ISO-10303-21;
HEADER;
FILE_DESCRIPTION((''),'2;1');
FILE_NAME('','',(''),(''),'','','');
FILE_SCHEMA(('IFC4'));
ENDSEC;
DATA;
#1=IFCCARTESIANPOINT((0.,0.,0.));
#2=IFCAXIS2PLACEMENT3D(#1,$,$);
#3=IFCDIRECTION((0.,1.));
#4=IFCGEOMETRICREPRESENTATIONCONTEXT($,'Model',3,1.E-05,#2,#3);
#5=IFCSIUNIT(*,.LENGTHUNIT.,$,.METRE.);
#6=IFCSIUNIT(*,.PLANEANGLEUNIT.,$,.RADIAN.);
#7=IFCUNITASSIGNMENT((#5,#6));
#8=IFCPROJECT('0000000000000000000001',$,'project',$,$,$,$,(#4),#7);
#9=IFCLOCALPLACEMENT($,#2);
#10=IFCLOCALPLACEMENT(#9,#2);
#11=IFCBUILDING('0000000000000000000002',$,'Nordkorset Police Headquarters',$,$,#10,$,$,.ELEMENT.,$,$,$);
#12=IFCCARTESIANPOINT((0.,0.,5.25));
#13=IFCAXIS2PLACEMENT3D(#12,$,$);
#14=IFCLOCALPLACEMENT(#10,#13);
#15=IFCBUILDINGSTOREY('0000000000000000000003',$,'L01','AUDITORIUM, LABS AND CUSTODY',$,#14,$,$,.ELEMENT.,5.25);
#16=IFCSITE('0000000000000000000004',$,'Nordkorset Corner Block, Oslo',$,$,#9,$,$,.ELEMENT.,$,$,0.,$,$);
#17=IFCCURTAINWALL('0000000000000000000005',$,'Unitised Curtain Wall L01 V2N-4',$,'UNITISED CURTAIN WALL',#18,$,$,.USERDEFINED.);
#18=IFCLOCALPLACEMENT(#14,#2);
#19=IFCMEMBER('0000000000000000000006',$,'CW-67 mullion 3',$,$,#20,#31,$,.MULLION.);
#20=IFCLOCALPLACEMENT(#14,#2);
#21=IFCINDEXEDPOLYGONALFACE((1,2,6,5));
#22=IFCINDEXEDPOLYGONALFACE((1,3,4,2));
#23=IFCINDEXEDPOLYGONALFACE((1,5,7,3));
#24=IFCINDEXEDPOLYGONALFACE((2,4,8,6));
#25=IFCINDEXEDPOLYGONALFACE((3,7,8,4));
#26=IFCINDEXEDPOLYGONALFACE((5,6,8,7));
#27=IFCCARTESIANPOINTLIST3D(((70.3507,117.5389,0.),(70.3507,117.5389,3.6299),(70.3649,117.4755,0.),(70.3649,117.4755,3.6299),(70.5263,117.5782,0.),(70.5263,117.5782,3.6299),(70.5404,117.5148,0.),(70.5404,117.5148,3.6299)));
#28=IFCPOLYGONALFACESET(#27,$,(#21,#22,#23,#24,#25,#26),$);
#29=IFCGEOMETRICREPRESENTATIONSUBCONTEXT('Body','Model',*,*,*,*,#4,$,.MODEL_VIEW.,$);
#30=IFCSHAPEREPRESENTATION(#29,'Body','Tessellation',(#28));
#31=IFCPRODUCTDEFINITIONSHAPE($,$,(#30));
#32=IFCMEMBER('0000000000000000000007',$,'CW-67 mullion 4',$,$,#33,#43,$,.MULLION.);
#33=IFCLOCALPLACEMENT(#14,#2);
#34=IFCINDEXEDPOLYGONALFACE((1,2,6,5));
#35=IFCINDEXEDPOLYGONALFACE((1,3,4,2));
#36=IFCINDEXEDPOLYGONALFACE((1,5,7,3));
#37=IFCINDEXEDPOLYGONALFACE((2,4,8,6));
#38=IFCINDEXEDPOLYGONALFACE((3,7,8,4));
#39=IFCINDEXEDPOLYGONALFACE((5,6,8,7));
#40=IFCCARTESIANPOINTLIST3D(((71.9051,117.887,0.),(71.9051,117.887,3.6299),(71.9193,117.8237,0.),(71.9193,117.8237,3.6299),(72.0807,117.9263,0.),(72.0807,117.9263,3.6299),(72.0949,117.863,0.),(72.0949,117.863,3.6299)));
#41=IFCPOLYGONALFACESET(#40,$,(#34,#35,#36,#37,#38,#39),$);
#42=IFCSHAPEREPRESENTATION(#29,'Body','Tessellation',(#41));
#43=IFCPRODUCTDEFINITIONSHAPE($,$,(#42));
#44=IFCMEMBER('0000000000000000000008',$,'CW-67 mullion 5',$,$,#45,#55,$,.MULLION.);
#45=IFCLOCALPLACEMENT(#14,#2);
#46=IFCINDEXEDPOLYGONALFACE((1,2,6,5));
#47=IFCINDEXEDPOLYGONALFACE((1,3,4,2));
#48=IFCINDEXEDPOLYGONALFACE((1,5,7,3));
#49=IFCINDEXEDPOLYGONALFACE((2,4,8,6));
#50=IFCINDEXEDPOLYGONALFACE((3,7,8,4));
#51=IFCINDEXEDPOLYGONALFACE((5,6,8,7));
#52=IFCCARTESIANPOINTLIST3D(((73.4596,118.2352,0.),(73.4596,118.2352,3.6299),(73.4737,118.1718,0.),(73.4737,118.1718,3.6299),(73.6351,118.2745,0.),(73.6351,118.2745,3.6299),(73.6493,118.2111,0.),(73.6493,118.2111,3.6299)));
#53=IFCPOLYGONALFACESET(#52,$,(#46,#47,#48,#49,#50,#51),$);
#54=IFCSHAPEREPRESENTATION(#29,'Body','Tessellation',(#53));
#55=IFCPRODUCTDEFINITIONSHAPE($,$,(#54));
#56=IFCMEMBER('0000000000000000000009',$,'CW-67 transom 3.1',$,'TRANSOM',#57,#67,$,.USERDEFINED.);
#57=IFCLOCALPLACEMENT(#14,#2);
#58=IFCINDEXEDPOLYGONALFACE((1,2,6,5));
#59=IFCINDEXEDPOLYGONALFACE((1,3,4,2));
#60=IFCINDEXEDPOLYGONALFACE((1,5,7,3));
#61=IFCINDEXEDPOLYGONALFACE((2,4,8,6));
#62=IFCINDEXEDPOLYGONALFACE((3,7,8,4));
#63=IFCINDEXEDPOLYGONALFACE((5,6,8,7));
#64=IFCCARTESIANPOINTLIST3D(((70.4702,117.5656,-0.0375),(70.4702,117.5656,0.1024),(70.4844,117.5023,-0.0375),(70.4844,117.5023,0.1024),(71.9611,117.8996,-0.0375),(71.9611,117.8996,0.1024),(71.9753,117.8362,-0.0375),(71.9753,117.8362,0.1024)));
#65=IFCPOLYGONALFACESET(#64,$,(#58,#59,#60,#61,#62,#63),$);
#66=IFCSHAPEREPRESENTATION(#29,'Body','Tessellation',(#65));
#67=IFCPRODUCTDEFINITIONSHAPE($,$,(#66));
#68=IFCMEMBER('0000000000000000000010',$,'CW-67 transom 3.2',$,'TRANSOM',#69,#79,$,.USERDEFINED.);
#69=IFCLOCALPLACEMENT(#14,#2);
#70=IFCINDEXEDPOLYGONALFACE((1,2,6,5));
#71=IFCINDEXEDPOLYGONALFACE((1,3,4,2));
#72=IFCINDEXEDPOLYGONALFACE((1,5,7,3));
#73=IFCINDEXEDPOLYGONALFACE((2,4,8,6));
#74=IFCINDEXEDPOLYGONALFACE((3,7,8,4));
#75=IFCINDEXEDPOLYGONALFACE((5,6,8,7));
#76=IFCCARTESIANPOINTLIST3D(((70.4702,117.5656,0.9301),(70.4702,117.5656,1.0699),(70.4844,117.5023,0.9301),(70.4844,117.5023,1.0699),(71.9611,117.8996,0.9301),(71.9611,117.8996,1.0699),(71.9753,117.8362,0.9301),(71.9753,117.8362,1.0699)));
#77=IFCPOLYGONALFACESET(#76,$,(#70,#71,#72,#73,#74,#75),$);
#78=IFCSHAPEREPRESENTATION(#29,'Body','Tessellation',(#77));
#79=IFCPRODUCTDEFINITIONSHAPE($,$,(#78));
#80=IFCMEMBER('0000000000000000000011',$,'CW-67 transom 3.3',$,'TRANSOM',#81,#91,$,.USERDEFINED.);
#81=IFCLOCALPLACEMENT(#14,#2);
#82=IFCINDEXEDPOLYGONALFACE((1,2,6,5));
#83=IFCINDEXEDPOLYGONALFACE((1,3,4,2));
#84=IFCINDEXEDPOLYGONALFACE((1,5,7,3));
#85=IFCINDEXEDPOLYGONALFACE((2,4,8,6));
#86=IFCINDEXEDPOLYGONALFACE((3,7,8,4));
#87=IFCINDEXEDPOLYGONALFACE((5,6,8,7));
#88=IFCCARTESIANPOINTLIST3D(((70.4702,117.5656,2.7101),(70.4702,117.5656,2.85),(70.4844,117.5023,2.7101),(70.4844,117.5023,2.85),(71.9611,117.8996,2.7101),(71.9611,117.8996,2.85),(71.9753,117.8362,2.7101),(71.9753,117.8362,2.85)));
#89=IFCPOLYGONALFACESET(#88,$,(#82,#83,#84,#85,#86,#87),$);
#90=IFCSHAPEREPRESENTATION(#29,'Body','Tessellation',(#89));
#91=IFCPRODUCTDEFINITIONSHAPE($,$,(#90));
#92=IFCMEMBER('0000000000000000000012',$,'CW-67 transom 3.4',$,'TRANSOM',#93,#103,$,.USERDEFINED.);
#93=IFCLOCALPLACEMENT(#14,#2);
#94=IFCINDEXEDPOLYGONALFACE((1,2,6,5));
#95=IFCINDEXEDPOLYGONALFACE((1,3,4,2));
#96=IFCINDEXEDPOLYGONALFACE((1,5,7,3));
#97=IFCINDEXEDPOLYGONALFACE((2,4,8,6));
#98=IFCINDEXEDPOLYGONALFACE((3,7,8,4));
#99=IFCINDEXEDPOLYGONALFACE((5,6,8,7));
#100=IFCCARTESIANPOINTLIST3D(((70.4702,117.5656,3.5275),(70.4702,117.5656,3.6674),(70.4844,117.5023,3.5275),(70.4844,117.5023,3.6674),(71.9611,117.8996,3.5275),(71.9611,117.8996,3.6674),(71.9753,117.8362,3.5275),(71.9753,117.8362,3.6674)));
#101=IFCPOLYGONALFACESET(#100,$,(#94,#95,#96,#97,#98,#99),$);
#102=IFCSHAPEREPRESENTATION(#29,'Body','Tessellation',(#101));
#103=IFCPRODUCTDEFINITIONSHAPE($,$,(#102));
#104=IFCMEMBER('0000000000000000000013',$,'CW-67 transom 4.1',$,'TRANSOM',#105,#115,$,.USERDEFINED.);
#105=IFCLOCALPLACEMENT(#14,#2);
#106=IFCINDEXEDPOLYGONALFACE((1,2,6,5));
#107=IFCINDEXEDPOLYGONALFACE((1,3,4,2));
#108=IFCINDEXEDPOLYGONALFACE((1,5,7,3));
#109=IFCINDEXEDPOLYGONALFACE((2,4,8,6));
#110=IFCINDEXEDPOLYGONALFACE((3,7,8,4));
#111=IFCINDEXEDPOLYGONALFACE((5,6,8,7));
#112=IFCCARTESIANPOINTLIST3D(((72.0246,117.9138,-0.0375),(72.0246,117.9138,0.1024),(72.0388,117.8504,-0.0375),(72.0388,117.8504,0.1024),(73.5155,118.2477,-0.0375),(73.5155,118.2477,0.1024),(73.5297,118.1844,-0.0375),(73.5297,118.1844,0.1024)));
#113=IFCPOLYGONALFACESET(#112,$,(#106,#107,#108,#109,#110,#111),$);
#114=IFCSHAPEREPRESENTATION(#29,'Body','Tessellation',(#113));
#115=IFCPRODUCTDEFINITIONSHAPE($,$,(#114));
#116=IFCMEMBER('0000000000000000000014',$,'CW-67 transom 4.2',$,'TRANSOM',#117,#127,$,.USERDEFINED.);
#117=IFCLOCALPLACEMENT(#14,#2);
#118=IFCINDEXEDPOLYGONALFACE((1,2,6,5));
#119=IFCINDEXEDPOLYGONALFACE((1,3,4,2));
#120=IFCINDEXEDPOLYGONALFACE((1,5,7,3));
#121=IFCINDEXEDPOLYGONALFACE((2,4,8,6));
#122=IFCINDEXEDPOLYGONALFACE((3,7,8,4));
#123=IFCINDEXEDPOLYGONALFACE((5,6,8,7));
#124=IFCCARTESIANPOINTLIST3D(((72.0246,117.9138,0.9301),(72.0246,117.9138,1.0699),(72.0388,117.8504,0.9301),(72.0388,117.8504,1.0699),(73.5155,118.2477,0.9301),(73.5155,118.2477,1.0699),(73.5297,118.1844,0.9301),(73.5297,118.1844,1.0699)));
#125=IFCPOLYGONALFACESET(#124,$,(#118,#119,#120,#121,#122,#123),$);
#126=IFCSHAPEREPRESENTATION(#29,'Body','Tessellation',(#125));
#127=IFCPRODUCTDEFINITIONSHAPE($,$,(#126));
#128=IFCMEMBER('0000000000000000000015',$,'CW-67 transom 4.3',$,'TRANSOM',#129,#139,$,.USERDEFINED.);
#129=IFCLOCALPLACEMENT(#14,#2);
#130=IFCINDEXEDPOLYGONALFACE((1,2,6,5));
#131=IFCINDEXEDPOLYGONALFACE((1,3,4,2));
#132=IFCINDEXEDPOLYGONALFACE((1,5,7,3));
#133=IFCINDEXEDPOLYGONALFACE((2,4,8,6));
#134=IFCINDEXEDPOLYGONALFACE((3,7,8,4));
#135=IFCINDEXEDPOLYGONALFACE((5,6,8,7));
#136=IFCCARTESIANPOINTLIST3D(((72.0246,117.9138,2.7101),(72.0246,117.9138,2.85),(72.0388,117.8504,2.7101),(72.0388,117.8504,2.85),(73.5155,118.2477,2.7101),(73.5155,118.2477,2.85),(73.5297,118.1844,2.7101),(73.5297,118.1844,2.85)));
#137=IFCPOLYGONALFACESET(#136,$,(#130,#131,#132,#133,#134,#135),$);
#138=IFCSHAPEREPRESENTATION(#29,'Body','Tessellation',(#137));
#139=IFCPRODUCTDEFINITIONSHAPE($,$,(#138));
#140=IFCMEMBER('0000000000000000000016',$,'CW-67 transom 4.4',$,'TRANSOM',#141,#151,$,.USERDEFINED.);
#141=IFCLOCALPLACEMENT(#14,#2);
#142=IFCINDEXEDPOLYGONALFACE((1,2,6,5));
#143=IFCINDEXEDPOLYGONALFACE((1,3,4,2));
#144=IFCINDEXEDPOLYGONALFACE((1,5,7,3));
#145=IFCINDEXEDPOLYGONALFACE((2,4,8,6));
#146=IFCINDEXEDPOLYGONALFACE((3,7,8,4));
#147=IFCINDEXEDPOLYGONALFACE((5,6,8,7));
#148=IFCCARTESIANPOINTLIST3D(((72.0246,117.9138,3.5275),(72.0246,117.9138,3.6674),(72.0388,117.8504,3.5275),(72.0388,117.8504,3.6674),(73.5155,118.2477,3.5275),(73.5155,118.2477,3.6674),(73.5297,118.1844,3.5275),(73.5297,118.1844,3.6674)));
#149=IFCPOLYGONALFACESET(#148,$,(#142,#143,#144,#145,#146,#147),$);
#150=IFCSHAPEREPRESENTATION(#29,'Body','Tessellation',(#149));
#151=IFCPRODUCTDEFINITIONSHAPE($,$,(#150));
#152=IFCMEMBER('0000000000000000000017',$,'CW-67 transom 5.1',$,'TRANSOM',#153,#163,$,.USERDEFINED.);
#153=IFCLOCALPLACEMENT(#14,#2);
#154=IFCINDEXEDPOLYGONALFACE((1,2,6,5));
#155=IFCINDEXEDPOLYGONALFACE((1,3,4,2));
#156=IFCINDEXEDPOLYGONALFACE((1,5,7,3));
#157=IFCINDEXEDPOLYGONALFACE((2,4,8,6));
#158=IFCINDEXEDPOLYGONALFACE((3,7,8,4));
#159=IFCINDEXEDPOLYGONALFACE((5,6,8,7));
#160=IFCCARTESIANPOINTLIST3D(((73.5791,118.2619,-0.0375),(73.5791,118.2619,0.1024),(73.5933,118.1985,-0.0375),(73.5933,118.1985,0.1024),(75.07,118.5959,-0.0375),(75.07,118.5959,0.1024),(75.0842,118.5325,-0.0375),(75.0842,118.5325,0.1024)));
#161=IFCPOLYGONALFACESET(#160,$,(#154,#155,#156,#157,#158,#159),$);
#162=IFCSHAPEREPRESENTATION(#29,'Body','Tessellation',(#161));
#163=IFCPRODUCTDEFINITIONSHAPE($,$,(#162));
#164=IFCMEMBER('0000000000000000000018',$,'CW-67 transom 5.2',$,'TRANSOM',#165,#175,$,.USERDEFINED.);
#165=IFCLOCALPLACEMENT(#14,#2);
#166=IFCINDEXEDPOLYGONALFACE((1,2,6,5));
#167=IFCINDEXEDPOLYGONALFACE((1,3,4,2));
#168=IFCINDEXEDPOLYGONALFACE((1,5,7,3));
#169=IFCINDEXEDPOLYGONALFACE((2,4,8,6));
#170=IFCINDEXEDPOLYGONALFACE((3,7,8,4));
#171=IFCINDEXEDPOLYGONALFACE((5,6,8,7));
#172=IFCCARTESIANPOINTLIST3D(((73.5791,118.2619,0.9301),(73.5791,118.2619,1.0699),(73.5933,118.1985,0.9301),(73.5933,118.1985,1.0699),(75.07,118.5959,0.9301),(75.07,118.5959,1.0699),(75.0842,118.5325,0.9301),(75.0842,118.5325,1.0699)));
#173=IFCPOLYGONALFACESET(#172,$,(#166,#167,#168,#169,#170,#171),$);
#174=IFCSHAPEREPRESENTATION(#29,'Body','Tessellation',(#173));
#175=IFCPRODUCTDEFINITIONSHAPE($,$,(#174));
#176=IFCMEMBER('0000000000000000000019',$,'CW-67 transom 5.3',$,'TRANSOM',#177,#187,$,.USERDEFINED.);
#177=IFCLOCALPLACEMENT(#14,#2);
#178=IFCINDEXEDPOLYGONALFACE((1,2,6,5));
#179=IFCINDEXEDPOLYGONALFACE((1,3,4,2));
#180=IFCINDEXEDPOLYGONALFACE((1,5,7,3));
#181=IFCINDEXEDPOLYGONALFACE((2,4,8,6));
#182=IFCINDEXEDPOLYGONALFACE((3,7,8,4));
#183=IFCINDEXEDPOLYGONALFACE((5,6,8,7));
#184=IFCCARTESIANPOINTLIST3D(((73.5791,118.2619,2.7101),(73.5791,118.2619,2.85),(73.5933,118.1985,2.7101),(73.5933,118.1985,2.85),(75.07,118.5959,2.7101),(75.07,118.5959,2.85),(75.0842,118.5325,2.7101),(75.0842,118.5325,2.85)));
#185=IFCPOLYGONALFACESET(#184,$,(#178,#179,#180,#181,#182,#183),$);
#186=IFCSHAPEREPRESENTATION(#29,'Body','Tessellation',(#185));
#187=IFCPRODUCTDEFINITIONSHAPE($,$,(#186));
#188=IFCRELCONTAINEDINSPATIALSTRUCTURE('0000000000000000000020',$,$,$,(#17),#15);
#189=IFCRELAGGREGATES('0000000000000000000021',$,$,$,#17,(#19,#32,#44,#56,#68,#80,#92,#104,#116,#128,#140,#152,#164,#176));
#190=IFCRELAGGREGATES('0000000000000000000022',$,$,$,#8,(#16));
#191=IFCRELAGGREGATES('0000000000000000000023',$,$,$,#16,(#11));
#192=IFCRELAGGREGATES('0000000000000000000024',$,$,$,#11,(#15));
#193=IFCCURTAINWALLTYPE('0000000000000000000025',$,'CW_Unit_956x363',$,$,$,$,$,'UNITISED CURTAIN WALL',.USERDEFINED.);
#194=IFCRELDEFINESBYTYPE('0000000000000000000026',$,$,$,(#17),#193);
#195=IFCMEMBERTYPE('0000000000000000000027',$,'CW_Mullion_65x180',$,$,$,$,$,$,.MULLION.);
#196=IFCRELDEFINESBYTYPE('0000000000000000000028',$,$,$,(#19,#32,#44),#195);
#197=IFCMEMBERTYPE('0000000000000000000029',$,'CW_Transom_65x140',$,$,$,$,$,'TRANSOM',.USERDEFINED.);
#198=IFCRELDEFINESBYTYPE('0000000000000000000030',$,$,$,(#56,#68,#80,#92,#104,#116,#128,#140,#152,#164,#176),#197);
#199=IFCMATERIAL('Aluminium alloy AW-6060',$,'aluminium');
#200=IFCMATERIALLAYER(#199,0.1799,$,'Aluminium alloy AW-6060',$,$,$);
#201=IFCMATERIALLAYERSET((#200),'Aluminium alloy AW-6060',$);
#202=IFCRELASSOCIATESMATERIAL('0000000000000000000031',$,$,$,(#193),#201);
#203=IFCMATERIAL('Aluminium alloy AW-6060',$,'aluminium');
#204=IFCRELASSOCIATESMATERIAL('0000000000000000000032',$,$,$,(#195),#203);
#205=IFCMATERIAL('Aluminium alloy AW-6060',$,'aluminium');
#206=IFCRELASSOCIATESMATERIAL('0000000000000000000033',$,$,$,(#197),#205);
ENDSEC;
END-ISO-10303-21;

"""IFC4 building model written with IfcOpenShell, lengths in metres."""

from ifc_helpers import new_model, si_unit, direction, frame, origin, origin_2d, place, context, subcontext, project, spatial, rectangle, extrude, material, layer, layer_set, material_profile, profile_set, type_object, element, aggregate, save


model = new_model("IFC4")

# Units and contexts
model_context = context("Model", 3, precision=1e-05, world=origin(), true_north=direction((0.0, 1.0)))
body_context = subcontext(model_context, "Body", "Model", "MODEL_VIEW")
ifc_project = project(units=[si_unit("LENGTHUNIT", "METRE"), si_unit("PLANEANGLEUNIT", "RADIAN")], contexts=[model_context])

# Site, building, storey
site_placement = place(None, origin())
site = spatial("IfcSite", under=ifc_project, at=site_placement, Name="Nordkorset Corner Block, Oslo", CompositionType="ELEMENT", RefElevation=0.0)
building_placement = place(site_placement, origin())
building = spatial("IfcBuilding", under=site, at=building_placement, Name="Nordkorset Police Headquarters", CompositionType="ELEMENT")
storey_placement = place(building_placement, frame((0.0, 0.0, 5.25)))
storey = spatial("IfcBuildingStorey", under=building, at=storey_placement, Name="L01", Description="AUDITORIUM, LABS AND CUSTODY", CompositionType="ELEMENT", Elevation=5.25)

# Curtain wall, members
ifc_material_1 = material(Name="Aluminium alloy AW-6060", Category="aluminium")
ifc_layer_1 = layer(ifc_material_1, 0.1799, Name="Aluminium alloy AW-6060")
ifc_layer_set_1 = layer_set([ifc_layer_1], Name="Aluminium alloy AW-6060")
curtain_wall_type = type_object("IfcCurtainWallType", Name="CW_Unit_956x363", ElementType="UNITISED CURTAIN WALL", PredefinedType="USERDEFINED", material=ifc_layer_set_1)
curtain_wall_placement = place(storey_placement, origin())
curtain_wall = element("IfcCurtainWall", 1, at=curtain_wall_placement, inside=storey, type_object=curtain_wall_type, Name="Unitised Curtain Wall L01 V2N-4", ObjectType="UNITISED CURTAIN WALL", PredefinedType="USERDEFINED")
ifc_material_2 = material(Name="Aluminium alloy AW-6060", Category="aluminium")
ifc_material_profile_1 = material_profile(ifc_material_2, rectangle(XDim=0.0649, YDim=0.1799, at=origin_2d()), Name="ALU MULL 65x180")
ifc_profile_set_1 = profile_set([ifc_material_profile_1], Name="Aluminium alloy AW-6060")
member_type_1 = type_object("IfcMemberType", Name="CW_Mullion_65x180", PredefinedType="MULLION", material=ifc_profile_set_1)
member_1_placement = place(storey_placement, frame((70.4456, 117.5269, 0.0), z_axis=(0.0, 0.0, 1.0), x_axis=(-0.218544, 0.975827, 0.0)))
member_1 = element("IfcMember", 2, at=member_1_placement, type_object=member_type_1, Name="CW-67 mullion 3", PredefinedType="MULLION", context=body_context, shape_type="SweptSolid", body=[
    extrude(rectangle(XDim=0.0649, YDim=0.1799, at=origin_2d()), origin(), (0.0, 0.0, 1.0), 3.6299),
])
member_2_placement = place(storey_placement, frame((72.0, 117.875, 0.0), z_axis=(0.0, 0.0, 1.0), x_axis=(-0.218544, 0.975827, 0.0)))
member_2 = element("IfcMember", 3, at=member_2_placement, type_object=member_type_1, Name="CW-67 mullion 4", PredefinedType="MULLION", context=body_context, shape_type="SweptSolid", body=[
    extrude(rectangle(XDim=0.0649, YDim=0.1799, at=origin_2d()), origin(), (0.0, 0.0, 1.0), 3.6299),
])
member_3_placement = place(storey_placement, frame((73.5544, 118.2231, 0.0), z_axis=(0.0, 0.0, 1.0), x_axis=(-0.218544, 0.975827, 0.0)))
member_3 = element("IfcMember", 4, at=member_3_placement, type_object=member_type_1, Name="CW-67 mullion 5", PredefinedType="MULLION", context=body_context, shape_type="SweptSolid", body=[
    extrude(rectangle(XDim=0.0649, YDim=0.1799, at=origin_2d()), origin(), (0.0, 0.0, 1.0), 3.6299),
])
ifc_material_3 = material(Name="Aluminium alloy AW-6060", Category="aluminium")
ifc_material_profile_2 = material_profile(ifc_material_3, rectangle(XDim=0.0649, YDim=0.1399, at=origin_2d()), Name="ALU TRAN 65x140")
ifc_profile_set_2 = profile_set([ifc_material_profile_2], Name="Aluminium alloy AW-6060")
member_type_2 = type_object("IfcMemberType", Name="CW_Transom_65x140", ElementType="TRANSOM", PredefinedType="USERDEFINED", material=ifc_profile_set_2)
member_4_placement = place(storey_placement, frame((70.4773, 117.5339, 0.0325), z_axis=(0.975817, 0.218588, 0.0), x_axis=(-0.218588, 0.975817, 0.0)))
member_4 = element("IfcMember", 5, at=member_4_placement, type_object=member_type_2, Name="CW-67 transom 3.1", ObjectType="TRANSOM", PredefinedType="USERDEFINED", context=body_context, shape_type="SweptSolid", body=[
    extrude(rectangle(XDim=0.0649, YDim=0.1399, at=origin_2d()), origin(), (0.0, 0.0, 1.0), 1.5278),
])
member_5_placement = place(storey_placement, frame((70.4773, 117.5339, 1.0), z_axis=(0.975817, 0.218588, 0.0), x_axis=(-0.218588, 0.975817, 0.0)))
member_5 = element("IfcMember", 6, at=member_5_placement, type_object=member_type_2, Name="CW-67 transom 3.2", ObjectType="TRANSOM", PredefinedType="USERDEFINED", context=body_context, shape_type="SweptSolid", body=[
    extrude(rectangle(XDim=0.0649, YDim=0.1399, at=origin_2d()), origin(), (0.0, 0.0, 1.0), 1.5278),
])
member_6_placement = place(storey_placement, frame((70.4773, 117.5339, 2.78), z_axis=(0.975817, 0.218588, 0.0), x_axis=(-0.218588, 0.975817, 0.0)))
member_6 = element("IfcMember", 7, at=member_6_placement, type_object=member_type_2, Name="CW-67 transom 3.3", ObjectType="TRANSOM", PredefinedType="USERDEFINED", context=body_context, shape_type="SweptSolid", body=[
    extrude(rectangle(XDim=0.0649, YDim=0.1399, at=origin_2d()), origin(), (0.0, 0.0, 1.0), 1.5278),
])
member_7_placement = place(storey_placement, frame((70.4773, 117.5339, 3.5974), z_axis=(0.975817, 0.218588, 0.0), x_axis=(-0.218588, 0.975817, 0.0)))
member_7 = element("IfcMember", 8, at=member_7_placement, type_object=member_type_2, Name="CW-67 transom 3.4", ObjectType="TRANSOM", PredefinedType="USERDEFINED", context=body_context, shape_type="SweptSolid", body=[
    extrude(rectangle(XDim=0.0649, YDim=0.1399, at=origin_2d()), origin(), (0.0, 0.0, 1.0), 1.5278),
])
member_8_placement = place(storey_placement, frame((72.0317, 117.8821, 0.0325), z_axis=(0.975817, 0.218588, 0.0), x_axis=(-0.218588, 0.975817, 0.0)))
member_8 = element("IfcMember", 9, at=member_8_placement, type_object=member_type_2, Name="CW-67 transom 4.1", ObjectType="TRANSOM", PredefinedType="USERDEFINED", context=body_context, shape_type="SweptSolid", body=[
    extrude(rectangle(XDim=0.0649, YDim=0.1399, at=origin_2d()), origin(), (0.0, 0.0, 1.0), 1.5278),
])
member_9_placement = place(storey_placement, frame((72.0317, 117.8821, 1.0), z_axis=(0.975817, 0.218588, 0.0), x_axis=(-0.218588, 0.975817, 0.0)))
member_9 = element("IfcMember", 10, at=member_9_placement, type_object=member_type_2, Name="CW-67 transom 4.2", ObjectType="TRANSOM", PredefinedType="USERDEFINED", context=body_context, shape_type="SweptSolid", body=[
    extrude(rectangle(XDim=0.0649, YDim=0.1399, at=origin_2d()), origin(), (0.0, 0.0, 1.0), 1.5278),
])
member_10_placement = place(storey_placement, frame((72.0317, 117.8821, 2.78), z_axis=(0.975817, 0.218588, 0.0), x_axis=(-0.218588, 0.975817, 0.0)))
member_10 = element("IfcMember", 11, at=member_10_placement, type_object=member_type_2, Name="CW-67 transom 4.3", ObjectType="TRANSOM", PredefinedType="USERDEFINED", context=body_context, shape_type="SweptSolid", body=[
    extrude(rectangle(XDim=0.0649, YDim=0.1399, at=origin_2d()), origin(), (0.0, 0.0, 1.0), 1.5278),
])
member_11_placement = place(storey_placement, frame((72.0317, 117.8821, 3.5974), z_axis=(0.975817, 0.218588, 0.0), x_axis=(-0.218588, 0.975817, 0.0)))
member_11 = element("IfcMember", 12, at=member_11_placement, type_object=member_type_2, Name="CW-67 transom 4.4", ObjectType="TRANSOM", PredefinedType="USERDEFINED", context=body_context, shape_type="SweptSolid", body=[
    extrude(rectangle(XDim=0.0649, YDim=0.1399, at=origin_2d()), origin(), (0.0, 0.0, 1.0), 1.5278),
])
member_12_placement = place(storey_placement, frame((73.5862, 118.2302, 0.0325), z_axis=(0.975817, 0.218588, 0.0), x_axis=(-0.218588, 0.975817, 0.0)))
member_12 = element("IfcMember", 13, at=member_12_placement, type_object=member_type_2, Name="CW-67 transom 5.1", ObjectType="TRANSOM", PredefinedType="USERDEFINED", context=body_context, shape_type="SweptSolid", body=[
    extrude(rectangle(XDim=0.0649, YDim=0.1399, at=origin_2d()), origin(), (0.0, 0.0, 1.0), 1.5278),
])
member_13_placement = place(storey_placement, frame((73.5862, 118.2302, 1.0), z_axis=(0.975817, 0.218588, 0.0), x_axis=(-0.218588, 0.975817, 0.0)))
member_13 = element("IfcMember", 14, at=member_13_placement, type_object=member_type_2, Name="CW-67 transom 5.2", ObjectType="TRANSOM", PredefinedType="USERDEFINED", context=body_context, shape_type="SweptSolid", body=[
    extrude(rectangle(XDim=0.0649, YDim=0.1399, at=origin_2d()), origin(), (0.0, 0.0, 1.0), 1.5278),
])
member_14_placement = place(storey_placement, frame((73.5862, 118.2302, 2.78), z_axis=(0.975817, 0.218588, 0.0), x_axis=(-0.218588, 0.975817, 0.0)))
member_14 = element("IfcMember", 15, at=member_14_placement, type_object=member_type_2, Name="CW-67 transom 5.3", ObjectType="TRANSOM", PredefinedType="USERDEFINED", context=body_context, shape_type="SweptSolid", body=[
    extrude(rectangle(XDim=0.0649, YDim=0.1399, at=origin_2d()), origin(), (0.0, 0.0, 1.0), 1.5278),
])
aggregate(curtain_wall, [member_1, member_2, member_3, member_4, member_5, member_6, member_7, member_8, member_9, member_10, member_11, member_12, member_13, member_14])

save(model, "model.ifc")
